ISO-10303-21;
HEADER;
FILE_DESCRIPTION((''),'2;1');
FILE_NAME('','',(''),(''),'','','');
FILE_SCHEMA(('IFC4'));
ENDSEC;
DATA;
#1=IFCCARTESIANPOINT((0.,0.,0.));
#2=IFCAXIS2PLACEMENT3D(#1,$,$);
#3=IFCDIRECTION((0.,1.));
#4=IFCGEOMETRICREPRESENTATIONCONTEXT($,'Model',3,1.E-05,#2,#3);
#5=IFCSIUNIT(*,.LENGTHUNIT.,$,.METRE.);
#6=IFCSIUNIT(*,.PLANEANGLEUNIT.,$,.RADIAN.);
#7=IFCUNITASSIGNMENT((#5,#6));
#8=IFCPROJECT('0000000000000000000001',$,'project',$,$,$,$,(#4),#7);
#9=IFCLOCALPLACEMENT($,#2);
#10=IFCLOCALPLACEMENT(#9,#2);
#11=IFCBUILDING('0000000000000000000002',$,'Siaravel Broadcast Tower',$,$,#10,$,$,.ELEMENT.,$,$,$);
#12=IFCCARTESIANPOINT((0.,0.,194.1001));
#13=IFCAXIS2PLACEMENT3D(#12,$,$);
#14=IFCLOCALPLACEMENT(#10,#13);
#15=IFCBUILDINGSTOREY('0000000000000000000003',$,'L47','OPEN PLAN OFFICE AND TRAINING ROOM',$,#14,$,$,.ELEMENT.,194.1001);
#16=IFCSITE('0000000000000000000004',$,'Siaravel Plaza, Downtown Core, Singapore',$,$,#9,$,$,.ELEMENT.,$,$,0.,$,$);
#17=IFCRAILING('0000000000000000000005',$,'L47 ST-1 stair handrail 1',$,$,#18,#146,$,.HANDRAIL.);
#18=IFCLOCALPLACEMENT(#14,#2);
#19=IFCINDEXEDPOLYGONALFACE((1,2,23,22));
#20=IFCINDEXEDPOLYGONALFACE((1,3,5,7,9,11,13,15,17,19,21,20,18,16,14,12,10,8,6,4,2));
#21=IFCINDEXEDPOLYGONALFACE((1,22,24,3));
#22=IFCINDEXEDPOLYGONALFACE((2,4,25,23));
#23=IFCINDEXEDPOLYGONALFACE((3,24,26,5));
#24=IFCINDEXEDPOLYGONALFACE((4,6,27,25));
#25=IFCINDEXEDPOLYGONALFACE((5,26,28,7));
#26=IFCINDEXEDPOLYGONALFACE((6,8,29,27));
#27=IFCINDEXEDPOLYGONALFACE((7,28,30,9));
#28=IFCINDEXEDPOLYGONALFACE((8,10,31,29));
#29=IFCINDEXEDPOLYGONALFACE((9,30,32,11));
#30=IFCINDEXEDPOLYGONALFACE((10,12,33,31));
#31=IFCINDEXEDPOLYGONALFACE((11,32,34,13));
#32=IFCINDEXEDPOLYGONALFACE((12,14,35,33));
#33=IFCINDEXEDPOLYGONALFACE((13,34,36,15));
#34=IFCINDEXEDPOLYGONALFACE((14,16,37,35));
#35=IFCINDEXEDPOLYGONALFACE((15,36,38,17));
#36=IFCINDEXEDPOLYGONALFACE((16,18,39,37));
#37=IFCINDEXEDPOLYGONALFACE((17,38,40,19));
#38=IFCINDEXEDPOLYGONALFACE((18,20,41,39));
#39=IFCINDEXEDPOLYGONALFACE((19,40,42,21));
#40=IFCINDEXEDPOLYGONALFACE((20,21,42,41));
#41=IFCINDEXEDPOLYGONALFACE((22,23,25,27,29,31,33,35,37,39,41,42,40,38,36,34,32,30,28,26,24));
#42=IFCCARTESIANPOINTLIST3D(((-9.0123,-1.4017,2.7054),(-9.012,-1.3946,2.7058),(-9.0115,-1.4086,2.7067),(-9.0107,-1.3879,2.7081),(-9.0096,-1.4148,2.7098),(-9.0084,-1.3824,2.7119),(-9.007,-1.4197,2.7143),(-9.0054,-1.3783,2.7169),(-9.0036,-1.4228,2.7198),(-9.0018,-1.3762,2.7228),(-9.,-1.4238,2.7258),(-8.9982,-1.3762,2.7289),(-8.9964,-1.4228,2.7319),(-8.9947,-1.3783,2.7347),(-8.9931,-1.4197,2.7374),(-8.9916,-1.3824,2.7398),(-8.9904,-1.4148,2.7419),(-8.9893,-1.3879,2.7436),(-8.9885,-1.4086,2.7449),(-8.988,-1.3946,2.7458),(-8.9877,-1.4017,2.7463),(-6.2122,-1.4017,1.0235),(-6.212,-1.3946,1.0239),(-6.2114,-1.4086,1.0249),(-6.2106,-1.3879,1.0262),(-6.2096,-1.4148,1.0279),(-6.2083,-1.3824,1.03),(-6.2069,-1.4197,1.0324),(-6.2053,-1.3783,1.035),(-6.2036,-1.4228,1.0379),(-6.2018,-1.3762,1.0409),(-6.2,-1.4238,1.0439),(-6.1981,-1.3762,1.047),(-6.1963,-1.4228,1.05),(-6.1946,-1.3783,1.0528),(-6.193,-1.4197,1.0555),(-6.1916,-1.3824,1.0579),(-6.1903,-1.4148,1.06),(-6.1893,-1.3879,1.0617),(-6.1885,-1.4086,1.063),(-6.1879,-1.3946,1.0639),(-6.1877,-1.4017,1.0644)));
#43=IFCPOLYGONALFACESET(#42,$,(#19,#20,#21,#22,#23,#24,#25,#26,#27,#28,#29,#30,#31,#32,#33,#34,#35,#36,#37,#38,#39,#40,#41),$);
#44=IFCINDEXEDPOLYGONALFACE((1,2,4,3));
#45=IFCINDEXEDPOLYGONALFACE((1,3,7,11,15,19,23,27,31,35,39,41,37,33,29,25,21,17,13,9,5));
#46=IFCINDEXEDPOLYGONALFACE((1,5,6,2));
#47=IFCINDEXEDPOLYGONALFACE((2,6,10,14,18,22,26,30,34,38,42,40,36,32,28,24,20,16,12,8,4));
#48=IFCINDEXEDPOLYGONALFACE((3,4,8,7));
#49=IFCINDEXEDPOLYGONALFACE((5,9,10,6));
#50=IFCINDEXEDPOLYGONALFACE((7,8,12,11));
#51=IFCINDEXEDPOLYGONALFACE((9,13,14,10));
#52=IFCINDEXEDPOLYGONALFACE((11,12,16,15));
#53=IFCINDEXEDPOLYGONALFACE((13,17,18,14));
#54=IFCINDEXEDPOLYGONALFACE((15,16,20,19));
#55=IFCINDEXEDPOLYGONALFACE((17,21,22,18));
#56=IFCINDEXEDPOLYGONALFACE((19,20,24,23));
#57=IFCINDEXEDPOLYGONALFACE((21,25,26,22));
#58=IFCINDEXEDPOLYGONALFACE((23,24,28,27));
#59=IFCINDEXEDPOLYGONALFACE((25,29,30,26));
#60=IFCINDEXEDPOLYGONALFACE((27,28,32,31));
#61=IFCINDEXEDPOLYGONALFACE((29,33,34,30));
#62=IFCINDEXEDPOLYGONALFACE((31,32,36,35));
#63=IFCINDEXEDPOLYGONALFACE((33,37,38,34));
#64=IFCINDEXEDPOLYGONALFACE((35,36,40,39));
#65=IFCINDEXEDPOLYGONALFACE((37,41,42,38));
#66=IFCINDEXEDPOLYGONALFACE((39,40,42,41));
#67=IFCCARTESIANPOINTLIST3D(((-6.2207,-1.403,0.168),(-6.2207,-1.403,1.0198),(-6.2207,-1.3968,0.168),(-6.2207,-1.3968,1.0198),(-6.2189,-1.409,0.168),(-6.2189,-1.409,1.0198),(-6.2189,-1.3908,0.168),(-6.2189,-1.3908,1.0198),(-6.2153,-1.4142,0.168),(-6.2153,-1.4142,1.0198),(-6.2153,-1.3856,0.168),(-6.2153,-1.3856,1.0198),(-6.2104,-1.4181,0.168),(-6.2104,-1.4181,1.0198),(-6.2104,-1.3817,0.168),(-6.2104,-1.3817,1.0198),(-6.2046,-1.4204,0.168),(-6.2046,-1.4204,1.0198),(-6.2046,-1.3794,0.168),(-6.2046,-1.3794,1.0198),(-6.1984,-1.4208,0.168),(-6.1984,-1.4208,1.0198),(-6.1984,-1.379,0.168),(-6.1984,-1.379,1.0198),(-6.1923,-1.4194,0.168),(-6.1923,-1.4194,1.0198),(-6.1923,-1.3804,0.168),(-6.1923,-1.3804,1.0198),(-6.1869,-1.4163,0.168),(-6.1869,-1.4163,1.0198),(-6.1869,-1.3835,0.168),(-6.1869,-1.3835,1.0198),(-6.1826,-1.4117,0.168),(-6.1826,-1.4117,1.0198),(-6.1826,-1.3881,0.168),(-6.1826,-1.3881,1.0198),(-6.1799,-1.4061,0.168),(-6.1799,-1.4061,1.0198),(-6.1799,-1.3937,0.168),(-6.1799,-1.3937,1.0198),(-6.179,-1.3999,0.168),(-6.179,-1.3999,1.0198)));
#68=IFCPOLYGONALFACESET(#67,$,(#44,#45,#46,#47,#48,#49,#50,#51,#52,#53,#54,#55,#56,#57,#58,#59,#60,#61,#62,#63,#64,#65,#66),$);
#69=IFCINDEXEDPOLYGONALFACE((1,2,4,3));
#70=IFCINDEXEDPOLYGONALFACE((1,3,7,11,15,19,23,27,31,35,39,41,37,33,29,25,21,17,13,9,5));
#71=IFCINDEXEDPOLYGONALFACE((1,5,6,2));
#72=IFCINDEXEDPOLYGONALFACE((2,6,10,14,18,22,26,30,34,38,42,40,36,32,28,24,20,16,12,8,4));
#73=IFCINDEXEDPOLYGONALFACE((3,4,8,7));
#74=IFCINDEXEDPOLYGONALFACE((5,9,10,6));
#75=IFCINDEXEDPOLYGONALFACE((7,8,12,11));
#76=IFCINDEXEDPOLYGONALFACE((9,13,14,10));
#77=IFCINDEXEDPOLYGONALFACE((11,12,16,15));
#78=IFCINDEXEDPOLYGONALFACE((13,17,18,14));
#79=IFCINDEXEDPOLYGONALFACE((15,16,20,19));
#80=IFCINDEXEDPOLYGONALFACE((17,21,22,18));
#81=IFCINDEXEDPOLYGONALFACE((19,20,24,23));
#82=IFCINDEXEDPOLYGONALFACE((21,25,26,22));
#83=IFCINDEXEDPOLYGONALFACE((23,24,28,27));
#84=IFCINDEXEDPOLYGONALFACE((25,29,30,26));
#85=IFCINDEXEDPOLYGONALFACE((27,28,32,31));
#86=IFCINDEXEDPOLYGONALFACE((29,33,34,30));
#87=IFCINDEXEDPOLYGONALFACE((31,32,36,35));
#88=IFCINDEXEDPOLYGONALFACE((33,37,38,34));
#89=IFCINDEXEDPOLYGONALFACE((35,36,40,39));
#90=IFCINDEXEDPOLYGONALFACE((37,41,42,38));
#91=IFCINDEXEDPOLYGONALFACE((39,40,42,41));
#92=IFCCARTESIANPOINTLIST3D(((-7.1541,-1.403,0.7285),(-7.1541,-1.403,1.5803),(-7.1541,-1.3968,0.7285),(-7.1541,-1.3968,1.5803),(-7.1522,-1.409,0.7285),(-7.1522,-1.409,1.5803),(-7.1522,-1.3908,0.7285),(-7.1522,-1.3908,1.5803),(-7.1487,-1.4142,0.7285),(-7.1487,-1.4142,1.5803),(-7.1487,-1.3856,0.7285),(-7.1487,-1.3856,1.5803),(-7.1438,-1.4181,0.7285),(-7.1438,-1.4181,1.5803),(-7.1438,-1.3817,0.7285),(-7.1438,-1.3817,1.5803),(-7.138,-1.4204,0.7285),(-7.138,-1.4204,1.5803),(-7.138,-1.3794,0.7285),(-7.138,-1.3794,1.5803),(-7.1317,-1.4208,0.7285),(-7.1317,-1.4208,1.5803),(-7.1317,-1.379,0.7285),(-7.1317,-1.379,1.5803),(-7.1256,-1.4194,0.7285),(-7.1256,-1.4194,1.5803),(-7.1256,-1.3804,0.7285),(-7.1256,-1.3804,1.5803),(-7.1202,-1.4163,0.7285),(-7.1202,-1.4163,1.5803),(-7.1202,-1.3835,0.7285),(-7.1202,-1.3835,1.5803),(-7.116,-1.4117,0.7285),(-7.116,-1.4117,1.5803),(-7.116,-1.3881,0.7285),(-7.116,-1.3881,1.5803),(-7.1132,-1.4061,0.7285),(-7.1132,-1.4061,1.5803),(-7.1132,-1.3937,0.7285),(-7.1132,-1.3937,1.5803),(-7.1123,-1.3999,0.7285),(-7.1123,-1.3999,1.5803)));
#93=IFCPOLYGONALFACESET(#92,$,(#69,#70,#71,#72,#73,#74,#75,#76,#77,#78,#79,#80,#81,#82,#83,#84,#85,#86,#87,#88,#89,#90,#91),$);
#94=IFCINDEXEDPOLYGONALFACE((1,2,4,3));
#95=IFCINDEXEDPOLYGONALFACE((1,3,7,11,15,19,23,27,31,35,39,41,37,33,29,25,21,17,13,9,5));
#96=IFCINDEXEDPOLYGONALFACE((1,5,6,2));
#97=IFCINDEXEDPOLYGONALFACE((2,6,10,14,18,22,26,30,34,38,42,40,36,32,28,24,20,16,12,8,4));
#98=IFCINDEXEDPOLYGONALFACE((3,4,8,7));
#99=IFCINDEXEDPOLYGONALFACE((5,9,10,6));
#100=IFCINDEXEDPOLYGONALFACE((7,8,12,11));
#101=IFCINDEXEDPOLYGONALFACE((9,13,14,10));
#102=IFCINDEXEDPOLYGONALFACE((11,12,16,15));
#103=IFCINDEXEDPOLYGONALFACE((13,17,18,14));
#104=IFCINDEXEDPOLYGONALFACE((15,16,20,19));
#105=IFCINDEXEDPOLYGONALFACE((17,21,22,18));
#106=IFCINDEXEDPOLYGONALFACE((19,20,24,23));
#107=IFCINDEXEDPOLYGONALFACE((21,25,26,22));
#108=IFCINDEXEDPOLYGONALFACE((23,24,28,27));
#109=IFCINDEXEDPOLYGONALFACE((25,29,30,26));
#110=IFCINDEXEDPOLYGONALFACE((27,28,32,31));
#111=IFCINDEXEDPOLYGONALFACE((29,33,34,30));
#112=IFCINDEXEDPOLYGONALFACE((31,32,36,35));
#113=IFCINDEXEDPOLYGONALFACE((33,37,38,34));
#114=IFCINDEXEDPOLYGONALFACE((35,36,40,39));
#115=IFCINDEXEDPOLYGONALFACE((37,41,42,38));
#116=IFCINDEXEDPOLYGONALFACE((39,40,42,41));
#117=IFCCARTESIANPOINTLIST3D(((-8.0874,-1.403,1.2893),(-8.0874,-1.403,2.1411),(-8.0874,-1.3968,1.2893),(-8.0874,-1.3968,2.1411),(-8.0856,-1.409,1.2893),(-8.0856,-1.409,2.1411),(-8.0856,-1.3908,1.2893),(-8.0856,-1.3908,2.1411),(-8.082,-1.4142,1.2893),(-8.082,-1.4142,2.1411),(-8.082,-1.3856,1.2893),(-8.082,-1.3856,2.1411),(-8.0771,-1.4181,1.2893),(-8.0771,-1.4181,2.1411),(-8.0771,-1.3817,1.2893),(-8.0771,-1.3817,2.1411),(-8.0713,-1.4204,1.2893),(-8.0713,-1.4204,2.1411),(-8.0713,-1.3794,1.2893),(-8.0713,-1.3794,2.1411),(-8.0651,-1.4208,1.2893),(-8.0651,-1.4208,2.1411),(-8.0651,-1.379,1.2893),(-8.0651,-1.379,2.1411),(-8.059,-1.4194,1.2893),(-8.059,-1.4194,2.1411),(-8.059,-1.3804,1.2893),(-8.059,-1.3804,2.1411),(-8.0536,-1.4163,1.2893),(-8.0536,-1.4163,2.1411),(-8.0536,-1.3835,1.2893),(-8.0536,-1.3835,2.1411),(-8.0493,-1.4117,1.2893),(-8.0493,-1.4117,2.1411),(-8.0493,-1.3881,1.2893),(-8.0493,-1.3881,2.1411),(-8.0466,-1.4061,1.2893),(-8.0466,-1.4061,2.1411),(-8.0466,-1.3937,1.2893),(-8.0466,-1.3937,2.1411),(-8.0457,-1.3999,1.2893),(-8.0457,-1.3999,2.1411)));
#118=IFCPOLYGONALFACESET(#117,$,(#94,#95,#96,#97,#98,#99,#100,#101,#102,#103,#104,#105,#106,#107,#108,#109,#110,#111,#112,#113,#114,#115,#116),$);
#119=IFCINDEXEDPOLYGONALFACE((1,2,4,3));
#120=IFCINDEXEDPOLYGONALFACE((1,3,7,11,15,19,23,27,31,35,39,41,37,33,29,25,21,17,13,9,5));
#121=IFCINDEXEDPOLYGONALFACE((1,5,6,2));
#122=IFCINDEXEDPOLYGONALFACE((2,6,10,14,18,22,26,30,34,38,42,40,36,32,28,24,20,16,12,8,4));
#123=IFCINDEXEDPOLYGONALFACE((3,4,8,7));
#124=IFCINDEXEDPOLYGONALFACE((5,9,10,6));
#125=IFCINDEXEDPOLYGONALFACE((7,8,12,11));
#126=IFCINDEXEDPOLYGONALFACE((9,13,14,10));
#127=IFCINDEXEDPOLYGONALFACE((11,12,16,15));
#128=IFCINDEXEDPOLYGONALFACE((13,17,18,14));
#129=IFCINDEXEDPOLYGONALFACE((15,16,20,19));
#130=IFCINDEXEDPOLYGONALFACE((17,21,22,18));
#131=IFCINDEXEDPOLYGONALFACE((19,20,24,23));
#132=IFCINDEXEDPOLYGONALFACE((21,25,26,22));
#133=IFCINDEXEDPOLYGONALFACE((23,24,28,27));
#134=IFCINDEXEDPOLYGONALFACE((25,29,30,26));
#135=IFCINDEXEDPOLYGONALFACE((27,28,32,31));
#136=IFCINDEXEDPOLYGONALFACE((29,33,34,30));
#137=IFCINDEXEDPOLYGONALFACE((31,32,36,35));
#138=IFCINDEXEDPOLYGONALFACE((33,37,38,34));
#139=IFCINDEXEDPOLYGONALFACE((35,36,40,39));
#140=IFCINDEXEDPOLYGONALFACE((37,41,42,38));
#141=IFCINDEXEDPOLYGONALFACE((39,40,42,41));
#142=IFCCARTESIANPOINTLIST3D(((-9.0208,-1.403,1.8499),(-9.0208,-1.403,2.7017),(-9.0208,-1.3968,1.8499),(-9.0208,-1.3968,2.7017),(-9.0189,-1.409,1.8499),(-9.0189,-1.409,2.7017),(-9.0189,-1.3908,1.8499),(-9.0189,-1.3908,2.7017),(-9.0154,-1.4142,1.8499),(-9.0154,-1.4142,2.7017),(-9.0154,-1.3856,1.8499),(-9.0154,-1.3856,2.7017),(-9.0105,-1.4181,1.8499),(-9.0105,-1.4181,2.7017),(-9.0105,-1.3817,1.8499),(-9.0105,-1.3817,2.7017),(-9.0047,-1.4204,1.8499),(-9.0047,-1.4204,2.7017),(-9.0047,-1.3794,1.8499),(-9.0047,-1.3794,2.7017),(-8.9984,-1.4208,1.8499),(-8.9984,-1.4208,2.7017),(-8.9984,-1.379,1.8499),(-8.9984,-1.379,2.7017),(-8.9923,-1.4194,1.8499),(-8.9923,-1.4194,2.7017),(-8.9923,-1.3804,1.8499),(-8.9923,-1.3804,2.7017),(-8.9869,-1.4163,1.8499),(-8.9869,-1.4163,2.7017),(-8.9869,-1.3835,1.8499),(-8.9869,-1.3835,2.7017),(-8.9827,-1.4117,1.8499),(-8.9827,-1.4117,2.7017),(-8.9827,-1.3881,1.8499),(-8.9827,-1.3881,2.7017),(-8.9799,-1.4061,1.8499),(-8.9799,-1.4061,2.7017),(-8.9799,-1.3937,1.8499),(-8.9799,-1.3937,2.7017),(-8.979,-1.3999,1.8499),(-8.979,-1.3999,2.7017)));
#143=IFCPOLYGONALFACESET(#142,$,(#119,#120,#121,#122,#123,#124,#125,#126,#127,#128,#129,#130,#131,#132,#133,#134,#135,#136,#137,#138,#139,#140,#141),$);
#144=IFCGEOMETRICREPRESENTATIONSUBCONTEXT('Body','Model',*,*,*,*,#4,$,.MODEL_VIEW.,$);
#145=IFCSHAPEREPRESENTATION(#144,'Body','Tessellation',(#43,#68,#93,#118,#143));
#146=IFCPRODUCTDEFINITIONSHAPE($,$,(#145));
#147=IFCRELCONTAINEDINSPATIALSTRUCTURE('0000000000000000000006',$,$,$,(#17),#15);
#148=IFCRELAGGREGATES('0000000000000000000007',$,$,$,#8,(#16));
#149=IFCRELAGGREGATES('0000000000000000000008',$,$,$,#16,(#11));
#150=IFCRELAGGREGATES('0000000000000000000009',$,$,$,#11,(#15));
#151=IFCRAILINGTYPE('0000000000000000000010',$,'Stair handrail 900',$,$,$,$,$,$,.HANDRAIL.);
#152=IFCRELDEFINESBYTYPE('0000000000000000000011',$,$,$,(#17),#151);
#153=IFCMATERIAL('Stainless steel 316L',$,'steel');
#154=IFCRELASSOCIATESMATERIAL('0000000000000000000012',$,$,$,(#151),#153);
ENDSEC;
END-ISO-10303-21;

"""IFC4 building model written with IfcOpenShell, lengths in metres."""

from ifc_helpers import new_model, si_unit, direction, frame, origin, origin_2d, place, context, subcontext, project, spatial, circle, extrude, material, type_object, element, save


model = new_model("IFC4")

# Units and contexts
model_context = context("Model", 3, precision=1e-05, world=origin(), true_north=direction((0.0, 1.0)))
body_context = subcontext(model_context, "Body", "Model", "MODEL_VIEW")
ifc_project = project(units=[si_unit("LENGTHUNIT", "METRE"), si_unit("PLANEANGLEUNIT", "RADIAN")], contexts=[model_context])

# Site, building, storey
site_placement = place(None, origin())
site = spatial("IfcSite", under=ifc_project, at=site_placement, Name="Siaravel Plaza, Downtown Core, Singapore", CompositionType="ELEMENT", RefElevation=0.0)
building_placement = place(site_placement, origin())
building = spatial("IfcBuilding", under=site, at=building_placement, Name="Siaravel Broadcast Tower", CompositionType="ELEMENT")
storey_placement = place(building_placement, frame((0.0, 0.0, 194.1001)))
storey = spatial("IfcBuildingStorey", under=building, at=storey_placement, Name="L47", Description="OPEN PLAN OFFICE AND TRAINING ROOM", CompositionType="ELEMENT", Elevation=194.1001)

# Shared definitions
ifc_material_1 = material(Name="Stainless steel 316L", Category="steel")

# Railing
railing_type_1 = type_object("IfcRailingType", Name="Stair handrail 900", PredefinedType="HANDRAIL", material=ifc_material_1)
railing_1_placement = place(storey_placement, frame((-6.2, -1.3999, 0.168)))
element("IfcRailing", 1, at=railing_1_placement, inside=storey, type_object=railing_type_1, Name="L47 ST-1 stair handrail 1", PredefinedType="HANDRAIL", context=body_context, shape_type="SweptSolid", body=[
    extrude(circle(Radius=0.0239, at=origin_2d()), frame((0.0, 0.0, 0.876), z_axis=(-0.857242, 0.0, 0.514913), x_axis=(0.0, -1.0, 0.0)), (0.0, 0.0, 1.0), 3.2664),
    extrude(circle(Radius=0.021, at=origin_2d()), origin(), (0.0, 0.0, 1.0), 0.8518),
    extrude(circle(Radius=0.021, at=origin_2d()), frame((-0.9333, 0.0, 0.5605)), (0.0, 0.0, 1.0), 0.8518),
    extrude(circle(Radius=0.021, at=origin_2d()), frame((-1.8667, 0.0, 1.1213)), (0.0, 0.0, 1.0), 0.8518),
    extrude(circle(Radius=0.021, at=origin_2d()), frame((-2.8, 0.0, 1.6819)), (0.0, 0.0, 1.0), 0.8518),
])

save(model, "model.ifc")
